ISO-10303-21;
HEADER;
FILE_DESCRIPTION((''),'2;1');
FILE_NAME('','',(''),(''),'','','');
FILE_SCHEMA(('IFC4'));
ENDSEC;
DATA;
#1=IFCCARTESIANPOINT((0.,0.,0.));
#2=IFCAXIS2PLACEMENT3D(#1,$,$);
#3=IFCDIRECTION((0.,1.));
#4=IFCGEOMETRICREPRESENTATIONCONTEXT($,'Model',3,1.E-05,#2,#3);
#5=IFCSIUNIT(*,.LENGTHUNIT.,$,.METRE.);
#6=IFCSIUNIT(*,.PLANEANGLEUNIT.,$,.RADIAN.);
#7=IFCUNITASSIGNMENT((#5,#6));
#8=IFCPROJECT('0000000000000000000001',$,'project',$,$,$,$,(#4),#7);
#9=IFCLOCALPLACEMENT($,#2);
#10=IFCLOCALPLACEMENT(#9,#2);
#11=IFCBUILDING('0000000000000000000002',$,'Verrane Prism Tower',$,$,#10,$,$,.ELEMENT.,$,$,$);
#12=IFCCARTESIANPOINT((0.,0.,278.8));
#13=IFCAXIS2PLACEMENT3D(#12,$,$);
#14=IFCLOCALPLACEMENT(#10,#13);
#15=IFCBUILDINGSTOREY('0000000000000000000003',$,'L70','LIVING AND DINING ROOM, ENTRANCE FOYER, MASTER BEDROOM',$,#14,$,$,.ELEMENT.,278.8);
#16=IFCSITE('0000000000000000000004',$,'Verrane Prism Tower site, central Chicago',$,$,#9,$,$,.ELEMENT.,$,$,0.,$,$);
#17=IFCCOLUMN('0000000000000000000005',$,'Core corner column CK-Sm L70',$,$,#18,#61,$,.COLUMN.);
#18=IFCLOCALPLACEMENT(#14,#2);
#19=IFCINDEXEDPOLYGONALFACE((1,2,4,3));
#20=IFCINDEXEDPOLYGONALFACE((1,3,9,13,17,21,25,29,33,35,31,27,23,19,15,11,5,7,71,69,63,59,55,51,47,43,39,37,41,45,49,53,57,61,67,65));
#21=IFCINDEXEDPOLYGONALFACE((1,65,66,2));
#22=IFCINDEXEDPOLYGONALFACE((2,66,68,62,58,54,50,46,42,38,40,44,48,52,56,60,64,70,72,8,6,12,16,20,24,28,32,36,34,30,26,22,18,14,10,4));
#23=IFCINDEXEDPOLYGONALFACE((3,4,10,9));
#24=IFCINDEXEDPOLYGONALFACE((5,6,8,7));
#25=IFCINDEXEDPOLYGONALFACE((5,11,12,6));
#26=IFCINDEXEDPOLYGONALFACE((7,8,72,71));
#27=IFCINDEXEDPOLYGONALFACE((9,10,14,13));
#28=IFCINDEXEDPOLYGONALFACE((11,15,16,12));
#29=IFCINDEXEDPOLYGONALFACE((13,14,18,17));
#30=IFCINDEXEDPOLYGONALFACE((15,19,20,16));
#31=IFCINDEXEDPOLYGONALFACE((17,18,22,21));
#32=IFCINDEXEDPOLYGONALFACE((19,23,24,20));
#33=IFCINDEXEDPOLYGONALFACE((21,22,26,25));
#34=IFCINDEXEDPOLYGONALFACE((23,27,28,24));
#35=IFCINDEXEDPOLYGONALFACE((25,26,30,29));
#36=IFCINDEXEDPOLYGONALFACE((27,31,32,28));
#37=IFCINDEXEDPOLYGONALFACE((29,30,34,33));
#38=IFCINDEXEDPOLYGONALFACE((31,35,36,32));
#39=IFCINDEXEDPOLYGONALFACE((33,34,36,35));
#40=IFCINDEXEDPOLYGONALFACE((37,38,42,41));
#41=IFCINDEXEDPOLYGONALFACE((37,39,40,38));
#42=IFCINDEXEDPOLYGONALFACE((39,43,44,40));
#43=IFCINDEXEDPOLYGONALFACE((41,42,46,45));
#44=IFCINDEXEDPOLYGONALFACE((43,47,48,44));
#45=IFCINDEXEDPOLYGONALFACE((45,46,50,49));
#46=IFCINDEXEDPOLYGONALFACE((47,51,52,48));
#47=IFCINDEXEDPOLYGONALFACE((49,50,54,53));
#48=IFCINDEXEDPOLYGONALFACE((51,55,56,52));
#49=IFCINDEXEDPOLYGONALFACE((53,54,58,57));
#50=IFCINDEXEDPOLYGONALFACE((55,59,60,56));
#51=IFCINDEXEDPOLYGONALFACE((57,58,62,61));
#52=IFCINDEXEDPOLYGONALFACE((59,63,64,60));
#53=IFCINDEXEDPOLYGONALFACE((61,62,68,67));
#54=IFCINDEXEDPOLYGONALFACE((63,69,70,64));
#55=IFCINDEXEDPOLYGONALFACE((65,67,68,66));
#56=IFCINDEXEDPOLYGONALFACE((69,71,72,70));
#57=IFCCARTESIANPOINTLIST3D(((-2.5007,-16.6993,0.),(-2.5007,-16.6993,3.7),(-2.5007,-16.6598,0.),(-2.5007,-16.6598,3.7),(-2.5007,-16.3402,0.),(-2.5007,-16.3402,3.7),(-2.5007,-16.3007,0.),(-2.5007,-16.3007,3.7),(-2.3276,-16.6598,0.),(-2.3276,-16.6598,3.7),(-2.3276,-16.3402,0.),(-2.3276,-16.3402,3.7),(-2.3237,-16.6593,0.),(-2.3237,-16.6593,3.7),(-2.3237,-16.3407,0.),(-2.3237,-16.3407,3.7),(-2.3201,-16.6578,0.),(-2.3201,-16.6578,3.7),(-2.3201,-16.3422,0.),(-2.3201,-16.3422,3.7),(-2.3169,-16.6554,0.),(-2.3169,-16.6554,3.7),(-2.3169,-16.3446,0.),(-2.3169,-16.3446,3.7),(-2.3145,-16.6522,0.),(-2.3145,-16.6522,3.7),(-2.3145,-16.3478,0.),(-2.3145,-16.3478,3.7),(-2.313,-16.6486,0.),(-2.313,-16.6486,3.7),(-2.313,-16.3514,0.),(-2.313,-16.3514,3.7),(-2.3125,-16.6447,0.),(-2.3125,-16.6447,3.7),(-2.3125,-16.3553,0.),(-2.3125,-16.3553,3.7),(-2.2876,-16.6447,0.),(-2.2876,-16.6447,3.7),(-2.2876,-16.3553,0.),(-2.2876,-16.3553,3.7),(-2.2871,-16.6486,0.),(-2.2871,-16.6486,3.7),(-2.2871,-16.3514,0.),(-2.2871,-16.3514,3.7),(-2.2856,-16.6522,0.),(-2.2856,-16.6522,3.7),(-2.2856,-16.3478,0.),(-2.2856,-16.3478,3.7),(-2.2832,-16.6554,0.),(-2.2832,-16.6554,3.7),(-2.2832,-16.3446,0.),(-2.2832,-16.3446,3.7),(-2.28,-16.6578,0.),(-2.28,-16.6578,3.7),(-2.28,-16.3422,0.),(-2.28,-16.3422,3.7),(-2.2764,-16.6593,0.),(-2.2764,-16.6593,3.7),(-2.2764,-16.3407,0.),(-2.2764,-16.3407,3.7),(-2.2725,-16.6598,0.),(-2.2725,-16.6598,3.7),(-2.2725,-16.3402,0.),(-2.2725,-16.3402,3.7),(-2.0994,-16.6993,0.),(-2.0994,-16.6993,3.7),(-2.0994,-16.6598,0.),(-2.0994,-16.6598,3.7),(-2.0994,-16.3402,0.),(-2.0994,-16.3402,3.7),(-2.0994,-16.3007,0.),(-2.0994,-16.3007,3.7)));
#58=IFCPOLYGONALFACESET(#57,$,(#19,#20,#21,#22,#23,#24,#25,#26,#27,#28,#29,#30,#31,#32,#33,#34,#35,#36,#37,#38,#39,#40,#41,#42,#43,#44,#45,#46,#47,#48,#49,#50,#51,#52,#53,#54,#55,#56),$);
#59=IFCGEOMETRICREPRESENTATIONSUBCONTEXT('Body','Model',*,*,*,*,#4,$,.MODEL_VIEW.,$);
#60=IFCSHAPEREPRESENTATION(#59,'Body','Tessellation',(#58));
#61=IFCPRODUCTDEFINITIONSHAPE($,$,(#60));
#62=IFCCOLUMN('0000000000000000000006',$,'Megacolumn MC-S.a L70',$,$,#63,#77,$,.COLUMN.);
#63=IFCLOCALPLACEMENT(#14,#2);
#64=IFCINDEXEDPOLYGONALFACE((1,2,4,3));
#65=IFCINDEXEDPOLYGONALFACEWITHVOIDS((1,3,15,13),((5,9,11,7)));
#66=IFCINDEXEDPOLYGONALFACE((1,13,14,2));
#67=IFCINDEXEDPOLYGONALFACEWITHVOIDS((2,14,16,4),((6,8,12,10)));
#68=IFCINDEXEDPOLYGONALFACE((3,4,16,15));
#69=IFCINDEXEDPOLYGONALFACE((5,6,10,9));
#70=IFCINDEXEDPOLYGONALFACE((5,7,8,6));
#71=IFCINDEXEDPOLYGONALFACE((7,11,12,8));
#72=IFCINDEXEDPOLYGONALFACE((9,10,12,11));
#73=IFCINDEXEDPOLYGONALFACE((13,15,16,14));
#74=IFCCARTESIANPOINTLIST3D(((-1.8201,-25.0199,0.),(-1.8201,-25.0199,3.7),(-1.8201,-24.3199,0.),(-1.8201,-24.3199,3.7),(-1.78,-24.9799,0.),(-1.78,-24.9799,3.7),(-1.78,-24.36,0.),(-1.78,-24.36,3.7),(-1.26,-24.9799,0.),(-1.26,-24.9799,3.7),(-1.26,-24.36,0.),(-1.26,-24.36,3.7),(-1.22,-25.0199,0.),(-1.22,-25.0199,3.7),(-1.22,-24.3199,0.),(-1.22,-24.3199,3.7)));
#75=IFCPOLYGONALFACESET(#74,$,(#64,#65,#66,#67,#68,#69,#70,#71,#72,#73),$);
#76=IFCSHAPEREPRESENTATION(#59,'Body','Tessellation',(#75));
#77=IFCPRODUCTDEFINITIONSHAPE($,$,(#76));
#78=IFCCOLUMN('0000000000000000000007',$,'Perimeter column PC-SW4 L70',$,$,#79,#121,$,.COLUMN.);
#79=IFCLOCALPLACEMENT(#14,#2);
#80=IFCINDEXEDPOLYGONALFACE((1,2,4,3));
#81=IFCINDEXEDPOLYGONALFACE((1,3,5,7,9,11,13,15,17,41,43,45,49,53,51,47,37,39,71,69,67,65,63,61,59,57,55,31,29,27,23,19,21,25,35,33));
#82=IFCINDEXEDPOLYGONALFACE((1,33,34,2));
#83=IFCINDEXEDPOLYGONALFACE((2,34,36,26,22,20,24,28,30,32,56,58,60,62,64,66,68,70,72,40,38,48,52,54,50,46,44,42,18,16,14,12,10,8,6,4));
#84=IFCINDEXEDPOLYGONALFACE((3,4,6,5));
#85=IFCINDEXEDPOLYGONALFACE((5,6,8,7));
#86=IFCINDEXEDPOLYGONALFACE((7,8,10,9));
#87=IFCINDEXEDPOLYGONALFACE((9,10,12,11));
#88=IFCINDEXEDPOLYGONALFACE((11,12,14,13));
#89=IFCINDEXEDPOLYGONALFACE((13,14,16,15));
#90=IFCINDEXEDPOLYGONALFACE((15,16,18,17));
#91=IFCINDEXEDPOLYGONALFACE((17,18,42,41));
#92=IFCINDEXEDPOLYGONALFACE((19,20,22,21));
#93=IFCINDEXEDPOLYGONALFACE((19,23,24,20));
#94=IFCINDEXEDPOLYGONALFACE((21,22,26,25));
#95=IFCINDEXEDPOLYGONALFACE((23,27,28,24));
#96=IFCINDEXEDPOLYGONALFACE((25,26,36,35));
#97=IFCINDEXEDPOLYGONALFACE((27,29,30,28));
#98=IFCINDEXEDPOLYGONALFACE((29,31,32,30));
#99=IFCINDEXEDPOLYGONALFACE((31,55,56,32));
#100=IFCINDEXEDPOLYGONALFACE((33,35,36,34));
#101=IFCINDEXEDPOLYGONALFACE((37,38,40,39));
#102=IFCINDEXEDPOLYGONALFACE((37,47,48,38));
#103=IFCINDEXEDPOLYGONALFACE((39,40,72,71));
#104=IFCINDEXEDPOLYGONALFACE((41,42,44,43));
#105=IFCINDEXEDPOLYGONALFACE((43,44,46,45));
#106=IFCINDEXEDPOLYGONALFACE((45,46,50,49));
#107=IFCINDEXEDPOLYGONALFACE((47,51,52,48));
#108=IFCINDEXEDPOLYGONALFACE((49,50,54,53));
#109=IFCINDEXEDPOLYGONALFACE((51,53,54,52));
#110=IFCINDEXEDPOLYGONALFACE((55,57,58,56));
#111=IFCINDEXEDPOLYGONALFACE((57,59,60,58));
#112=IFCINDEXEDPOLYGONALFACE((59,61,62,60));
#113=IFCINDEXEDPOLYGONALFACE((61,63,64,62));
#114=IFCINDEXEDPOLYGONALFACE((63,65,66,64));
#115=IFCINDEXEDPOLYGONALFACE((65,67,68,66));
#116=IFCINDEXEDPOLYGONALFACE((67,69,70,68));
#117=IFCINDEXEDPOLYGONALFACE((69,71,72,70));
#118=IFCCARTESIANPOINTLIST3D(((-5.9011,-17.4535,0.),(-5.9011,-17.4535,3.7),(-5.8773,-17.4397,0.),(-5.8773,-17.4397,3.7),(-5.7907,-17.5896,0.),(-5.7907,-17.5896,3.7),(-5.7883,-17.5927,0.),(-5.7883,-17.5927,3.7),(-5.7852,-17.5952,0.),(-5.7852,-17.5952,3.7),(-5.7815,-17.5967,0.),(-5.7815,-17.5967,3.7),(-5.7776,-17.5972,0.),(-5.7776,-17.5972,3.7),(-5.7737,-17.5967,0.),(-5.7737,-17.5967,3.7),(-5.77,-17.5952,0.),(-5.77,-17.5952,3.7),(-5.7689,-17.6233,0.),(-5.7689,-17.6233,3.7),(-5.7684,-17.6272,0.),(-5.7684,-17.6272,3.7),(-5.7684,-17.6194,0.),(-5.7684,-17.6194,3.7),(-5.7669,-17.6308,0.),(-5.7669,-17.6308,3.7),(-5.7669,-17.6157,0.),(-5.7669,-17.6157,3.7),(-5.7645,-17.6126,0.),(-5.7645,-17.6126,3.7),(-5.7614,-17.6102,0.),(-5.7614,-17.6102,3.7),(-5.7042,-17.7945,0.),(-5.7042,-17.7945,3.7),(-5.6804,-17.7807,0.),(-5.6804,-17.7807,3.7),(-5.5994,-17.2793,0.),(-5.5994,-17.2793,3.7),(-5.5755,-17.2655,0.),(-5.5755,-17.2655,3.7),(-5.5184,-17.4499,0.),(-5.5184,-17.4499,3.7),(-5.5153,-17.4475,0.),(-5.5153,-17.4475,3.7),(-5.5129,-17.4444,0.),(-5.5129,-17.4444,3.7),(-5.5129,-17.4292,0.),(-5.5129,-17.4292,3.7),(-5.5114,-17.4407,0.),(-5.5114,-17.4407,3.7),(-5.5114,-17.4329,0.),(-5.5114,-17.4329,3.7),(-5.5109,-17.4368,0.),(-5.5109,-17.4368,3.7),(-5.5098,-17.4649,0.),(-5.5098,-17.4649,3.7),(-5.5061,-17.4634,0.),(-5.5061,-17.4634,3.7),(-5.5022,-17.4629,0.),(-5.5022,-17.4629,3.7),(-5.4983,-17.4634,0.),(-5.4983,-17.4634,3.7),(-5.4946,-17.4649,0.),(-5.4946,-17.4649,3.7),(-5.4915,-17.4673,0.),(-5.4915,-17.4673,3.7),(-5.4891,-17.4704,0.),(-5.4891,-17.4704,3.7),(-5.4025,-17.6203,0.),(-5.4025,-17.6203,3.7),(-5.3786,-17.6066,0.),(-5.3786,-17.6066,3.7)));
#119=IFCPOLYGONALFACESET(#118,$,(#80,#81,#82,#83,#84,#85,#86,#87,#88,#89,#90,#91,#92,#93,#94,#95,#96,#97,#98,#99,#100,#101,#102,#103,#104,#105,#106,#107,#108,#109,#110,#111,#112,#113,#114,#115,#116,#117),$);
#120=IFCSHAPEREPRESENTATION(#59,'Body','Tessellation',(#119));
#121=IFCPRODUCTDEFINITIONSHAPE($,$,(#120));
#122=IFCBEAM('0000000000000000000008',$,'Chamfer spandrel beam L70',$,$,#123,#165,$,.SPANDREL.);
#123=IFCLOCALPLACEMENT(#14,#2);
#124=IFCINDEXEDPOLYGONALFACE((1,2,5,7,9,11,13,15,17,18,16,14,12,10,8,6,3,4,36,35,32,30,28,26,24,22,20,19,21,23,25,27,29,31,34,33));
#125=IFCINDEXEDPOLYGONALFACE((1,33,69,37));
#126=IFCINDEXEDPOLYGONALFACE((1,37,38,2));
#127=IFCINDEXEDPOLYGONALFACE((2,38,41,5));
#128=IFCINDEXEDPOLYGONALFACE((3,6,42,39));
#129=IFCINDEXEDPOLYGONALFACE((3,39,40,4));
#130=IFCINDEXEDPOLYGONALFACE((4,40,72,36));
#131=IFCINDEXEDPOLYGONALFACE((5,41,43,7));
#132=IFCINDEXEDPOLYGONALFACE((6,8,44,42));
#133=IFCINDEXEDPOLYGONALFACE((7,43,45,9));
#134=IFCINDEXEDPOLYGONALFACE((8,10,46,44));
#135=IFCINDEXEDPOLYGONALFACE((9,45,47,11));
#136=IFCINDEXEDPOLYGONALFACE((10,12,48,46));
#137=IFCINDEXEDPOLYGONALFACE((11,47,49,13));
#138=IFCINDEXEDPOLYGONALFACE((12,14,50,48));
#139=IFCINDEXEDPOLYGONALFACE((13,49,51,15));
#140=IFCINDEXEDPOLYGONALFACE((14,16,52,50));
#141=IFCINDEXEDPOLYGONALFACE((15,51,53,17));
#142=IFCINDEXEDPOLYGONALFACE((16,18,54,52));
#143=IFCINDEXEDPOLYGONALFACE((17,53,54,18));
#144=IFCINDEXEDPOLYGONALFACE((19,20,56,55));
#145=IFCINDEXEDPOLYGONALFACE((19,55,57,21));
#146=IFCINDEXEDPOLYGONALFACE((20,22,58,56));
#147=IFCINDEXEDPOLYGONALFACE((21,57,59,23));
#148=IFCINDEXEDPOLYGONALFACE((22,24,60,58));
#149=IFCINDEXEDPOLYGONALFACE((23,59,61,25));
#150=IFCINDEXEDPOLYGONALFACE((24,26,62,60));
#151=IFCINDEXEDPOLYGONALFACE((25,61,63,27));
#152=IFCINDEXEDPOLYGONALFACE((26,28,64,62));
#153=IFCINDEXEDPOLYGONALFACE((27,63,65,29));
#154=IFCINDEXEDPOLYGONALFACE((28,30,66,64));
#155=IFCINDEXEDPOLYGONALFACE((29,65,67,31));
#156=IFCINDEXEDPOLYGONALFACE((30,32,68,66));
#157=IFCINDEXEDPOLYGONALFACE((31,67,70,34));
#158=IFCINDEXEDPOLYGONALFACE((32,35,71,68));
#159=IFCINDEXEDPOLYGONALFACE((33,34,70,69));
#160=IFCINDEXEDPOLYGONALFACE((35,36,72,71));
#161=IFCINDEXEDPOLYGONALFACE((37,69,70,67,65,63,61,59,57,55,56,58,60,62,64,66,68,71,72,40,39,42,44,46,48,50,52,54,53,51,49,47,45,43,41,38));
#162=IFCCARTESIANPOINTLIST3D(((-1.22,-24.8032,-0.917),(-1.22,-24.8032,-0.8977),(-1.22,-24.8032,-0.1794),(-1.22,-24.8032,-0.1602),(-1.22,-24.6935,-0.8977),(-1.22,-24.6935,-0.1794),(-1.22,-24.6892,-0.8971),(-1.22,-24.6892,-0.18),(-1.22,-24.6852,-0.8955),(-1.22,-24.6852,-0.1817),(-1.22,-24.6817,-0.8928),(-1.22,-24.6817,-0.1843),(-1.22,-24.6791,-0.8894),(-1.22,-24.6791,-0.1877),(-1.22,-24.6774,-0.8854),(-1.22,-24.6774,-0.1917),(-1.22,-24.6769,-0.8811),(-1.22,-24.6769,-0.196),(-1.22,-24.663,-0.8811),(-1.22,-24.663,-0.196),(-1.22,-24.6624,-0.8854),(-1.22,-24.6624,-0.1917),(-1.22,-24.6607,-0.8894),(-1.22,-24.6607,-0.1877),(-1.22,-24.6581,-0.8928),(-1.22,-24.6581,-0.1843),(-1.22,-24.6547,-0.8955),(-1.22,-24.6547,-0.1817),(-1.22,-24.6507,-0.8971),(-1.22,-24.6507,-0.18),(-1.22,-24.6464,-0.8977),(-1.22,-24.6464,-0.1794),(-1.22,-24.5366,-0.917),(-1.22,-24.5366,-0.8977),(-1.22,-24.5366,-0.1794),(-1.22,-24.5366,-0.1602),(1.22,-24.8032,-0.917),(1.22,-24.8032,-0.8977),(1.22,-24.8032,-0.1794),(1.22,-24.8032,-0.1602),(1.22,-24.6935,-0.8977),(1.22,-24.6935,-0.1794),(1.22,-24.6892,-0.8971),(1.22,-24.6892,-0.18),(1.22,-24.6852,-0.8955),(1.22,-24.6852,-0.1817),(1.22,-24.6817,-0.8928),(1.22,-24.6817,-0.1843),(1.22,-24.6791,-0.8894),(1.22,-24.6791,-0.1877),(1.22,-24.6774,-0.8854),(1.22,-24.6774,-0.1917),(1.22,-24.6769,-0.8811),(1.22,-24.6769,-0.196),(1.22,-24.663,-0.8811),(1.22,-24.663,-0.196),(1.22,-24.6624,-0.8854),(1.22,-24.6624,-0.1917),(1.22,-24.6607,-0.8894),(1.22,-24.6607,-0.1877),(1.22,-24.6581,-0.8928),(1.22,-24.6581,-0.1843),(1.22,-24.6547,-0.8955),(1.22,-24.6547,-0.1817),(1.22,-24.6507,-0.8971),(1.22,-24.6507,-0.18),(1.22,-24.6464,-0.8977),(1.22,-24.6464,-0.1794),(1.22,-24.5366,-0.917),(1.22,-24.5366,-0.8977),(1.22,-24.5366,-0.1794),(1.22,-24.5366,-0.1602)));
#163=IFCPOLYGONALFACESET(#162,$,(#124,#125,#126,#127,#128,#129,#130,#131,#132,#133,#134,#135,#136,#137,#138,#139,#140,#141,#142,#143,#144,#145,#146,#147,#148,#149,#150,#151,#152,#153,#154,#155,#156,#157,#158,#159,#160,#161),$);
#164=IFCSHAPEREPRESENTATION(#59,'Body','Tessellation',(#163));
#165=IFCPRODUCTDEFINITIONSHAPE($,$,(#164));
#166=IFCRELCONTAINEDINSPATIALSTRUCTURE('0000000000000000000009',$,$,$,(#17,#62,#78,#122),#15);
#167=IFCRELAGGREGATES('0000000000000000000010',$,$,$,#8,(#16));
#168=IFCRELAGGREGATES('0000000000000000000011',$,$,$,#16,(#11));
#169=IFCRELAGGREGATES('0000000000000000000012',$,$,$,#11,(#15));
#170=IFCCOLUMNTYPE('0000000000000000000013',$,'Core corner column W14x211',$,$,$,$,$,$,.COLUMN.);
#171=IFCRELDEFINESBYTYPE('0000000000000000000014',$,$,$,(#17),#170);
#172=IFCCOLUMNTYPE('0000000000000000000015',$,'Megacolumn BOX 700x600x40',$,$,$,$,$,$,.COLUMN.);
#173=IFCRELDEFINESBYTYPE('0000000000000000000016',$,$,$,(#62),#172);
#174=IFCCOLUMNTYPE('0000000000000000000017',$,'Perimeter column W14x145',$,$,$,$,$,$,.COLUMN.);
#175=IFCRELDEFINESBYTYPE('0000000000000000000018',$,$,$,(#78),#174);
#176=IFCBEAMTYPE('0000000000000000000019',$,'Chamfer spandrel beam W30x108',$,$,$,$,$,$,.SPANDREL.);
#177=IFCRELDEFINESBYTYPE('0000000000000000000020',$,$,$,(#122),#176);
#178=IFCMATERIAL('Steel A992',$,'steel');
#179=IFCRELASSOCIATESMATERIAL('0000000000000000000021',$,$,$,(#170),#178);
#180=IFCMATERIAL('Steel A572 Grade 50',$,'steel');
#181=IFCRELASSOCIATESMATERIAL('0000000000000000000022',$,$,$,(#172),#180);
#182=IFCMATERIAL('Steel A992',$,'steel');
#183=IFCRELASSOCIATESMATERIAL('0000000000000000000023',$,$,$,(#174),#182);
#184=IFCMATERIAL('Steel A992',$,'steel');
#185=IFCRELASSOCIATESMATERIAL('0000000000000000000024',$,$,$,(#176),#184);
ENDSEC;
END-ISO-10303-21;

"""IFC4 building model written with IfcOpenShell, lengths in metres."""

from ifc_helpers import new_model, si_unit, direction, frame, origin, origin_2d, place, context, subcontext, project, spatial, hollow_rectangle, i_section, extrude, material, material_profile, profile_set, type_object, element, save


model = new_model("IFC4")

# Units and contexts
model_context = context("Model", 3, precision=1e-05, world=origin(), true_north=direction((0.0, 1.0)))
body_context = subcontext(model_context, "Body", "Model", "MODEL_VIEW")
ifc_project = project(units=[si_unit("LENGTHUNIT", "METRE"), si_unit("PLANEANGLEUNIT", "RADIAN")], contexts=[model_context])

# Site, building, storey
site_placement = place(None, origin())
site = spatial("IfcSite", under=ifc_project, at=site_placement, Name="Verrane Prism Tower site, central Chicago", CompositionType="ELEMENT", RefElevation=0.0)
building_placement = place(site_placement, origin())
building = spatial("IfcBuilding", under=site, at=building_placement, Name="Verrane Prism Tower", CompositionType="ELEMENT")
storey_placement = place(building_placement, frame((0.0, 0.0, 278.8)))
storey = spatial("IfcBuildingStorey", under=building, at=storey_placement, Name="L70", Description="LIVING AND DINING ROOM, ENTRANCE FOYER, MASTER BEDROOM", CompositionType="ELEMENT", Elevation=278.8)

# Columns
ifc_material_1 = material(Name="Steel A992", Category="steel")
ifc_material_profile_1 = material_profile(ifc_material_1, i_section(OverallWidth=0.4014, OverallDepth=0.3987, WebThickness=0.0249, FlangeThickness=0.0396, FilletRadius=0.0151, at=origin_2d()), Name="W14x211")
ifc_profile_set_1 = profile_set([ifc_material_profile_1], Name="Steel A992")
column_type_1 = type_object("IfcColumnType", Name="Core corner column W14x211", PredefinedType="COLUMN", material=ifc_profile_set_1)
column_1_placement = place(storey_placement, frame((-2.3, -16.5, 0.0), z_axis=(0.0, 0.0, 1.0), x_axis=(-1.0, 0.0, 0.0)))
element("IfcColumn", 1, at=column_1_placement, inside=storey, type_object=column_type_1, Name="Core corner column CK-Sm L70", PredefinedType="COLUMN", context=body_context, shape_type="SweptSolid", body=[
    extrude(i_section(OverallWidth=0.4014, OverallDepth=0.3987, WebThickness=0.0249, FlangeThickness=0.0396, FilletRadius=0.0151, at=origin_2d()), origin(), (0.0, 0.0, 1.0), 3.7),
])
ifc_material_2 = material(Name="Steel A572 Grade 50", Category="steel")
ifc_material_profile_2 = material_profile(ifc_material_2, hollow_rectangle(XDim=0.6001, YDim=0.7, WallThickness=0.04, at=origin_2d()), Name="BOX 700x600x40")
ifc_profile_set_2 = profile_set([ifc_material_profile_2], Name="Steel A572 Grade 50")
column_type_2 = type_object("IfcColumnType", Name="Megacolumn BOX 700x600x40", PredefinedType="COLUMN", material=ifc_profile_set_2)
column_2_placement = place(storey_placement, frame((-1.52, -24.6699, 0.0), z_axis=(0.0, 0.0, 1.0), x_axis=(-1.0, 0.0, 0.0)))
element("IfcColumn", 2, at=column_2_placement, inside=storey, type_object=column_type_2, Name="Megacolumn MC-S.a L70", PredefinedType="COLUMN", context=body_context, shape_type="SweptSolid", body=[
    extrude(hollow_rectangle(XDim=0.6001, YDim=0.7, WallThickness=0.04, at=origin_2d()), origin(), (0.0, 0.0, 1.0), 3.7),
])
ifc_material_3 = material(Name="Steel A992", Category="steel")
ifc_material_profile_3 = material_profile(ifc_material_3, i_section(OverallWidth=0.3938, OverallDepth=0.376, WebThickness=0.0173, FlangeThickness=0.0276, FilletRadius=0.0151, at=origin_2d()), Name="W14x145")
ifc_profile_set_3 = profile_set([ifc_material_profile_3], Name="Steel A992")
column_type_3 = type_object("IfcColumnType", Name="Perimeter column W14x145", PredefinedType="COLUMN", material=ifc_profile_set_3)
column_3_placement = place(storey_placement, frame((-5.6399, -17.53, 0.0), z_axis=(0.0, 0.0, 1.0), x_axis=(-0.5, 0.866025, 0.0)))
element("IfcColumn", 3, at=column_3_placement, inside=storey, type_object=column_type_3, Name="Perimeter column PC-SW4 L70", PredefinedType="COLUMN", context=body_context, shape_type="SweptSolid", body=[
    extrude(i_section(OverallWidth=0.3938, OverallDepth=0.376, WebThickness=0.0173, FlangeThickness=0.0276, FilletRadius=0.0151, at=origin_2d()), origin(), (0.0, 0.0, 1.0), 3.7),
])

# Beam
ifc_material_4 = material(Name="Steel A992", Category="steel")
ifc_material_profile_4 = material_profile(ifc_material_4, i_section(OverallWidth=0.2666, OverallDepth=0.7568, WebThickness=0.0139, FlangeThickness=0.0193, FilletRadius=0.0166, at=origin_2d()), Name="W30x108")
ifc_profile_set_4 = profile_set([ifc_material_profile_4], Name="Steel A992")
beam_type_1 = type_object("IfcBeamType", Name="Chamfer spandrel beam W30x108", PredefinedType="SPANDREL", material=ifc_profile_set_4)
beam_1_placement = place(storey_placement, frame((-1.22, -24.6699, -0.5386), z_axis=(1.0, 0.0, 0.0), x_axis=(0.0, 1.0, 0.0)))
element("IfcBeam", 4, at=beam_1_placement, inside=storey, type_object=beam_type_1, Name="Chamfer spandrel beam L70", PredefinedType="SPANDREL", context=body_context, shape_type="SweptSolid", body=[
    extrude(i_section(OverallWidth=0.2666, OverallDepth=0.7568, WebThickness=0.0139, FlangeThickness=0.0193, FilletRadius=0.0166, at=origin_2d()), origin(), (0.0, 0.0, 1.0), 2.4399),
])

save(model, "model.ifc")
